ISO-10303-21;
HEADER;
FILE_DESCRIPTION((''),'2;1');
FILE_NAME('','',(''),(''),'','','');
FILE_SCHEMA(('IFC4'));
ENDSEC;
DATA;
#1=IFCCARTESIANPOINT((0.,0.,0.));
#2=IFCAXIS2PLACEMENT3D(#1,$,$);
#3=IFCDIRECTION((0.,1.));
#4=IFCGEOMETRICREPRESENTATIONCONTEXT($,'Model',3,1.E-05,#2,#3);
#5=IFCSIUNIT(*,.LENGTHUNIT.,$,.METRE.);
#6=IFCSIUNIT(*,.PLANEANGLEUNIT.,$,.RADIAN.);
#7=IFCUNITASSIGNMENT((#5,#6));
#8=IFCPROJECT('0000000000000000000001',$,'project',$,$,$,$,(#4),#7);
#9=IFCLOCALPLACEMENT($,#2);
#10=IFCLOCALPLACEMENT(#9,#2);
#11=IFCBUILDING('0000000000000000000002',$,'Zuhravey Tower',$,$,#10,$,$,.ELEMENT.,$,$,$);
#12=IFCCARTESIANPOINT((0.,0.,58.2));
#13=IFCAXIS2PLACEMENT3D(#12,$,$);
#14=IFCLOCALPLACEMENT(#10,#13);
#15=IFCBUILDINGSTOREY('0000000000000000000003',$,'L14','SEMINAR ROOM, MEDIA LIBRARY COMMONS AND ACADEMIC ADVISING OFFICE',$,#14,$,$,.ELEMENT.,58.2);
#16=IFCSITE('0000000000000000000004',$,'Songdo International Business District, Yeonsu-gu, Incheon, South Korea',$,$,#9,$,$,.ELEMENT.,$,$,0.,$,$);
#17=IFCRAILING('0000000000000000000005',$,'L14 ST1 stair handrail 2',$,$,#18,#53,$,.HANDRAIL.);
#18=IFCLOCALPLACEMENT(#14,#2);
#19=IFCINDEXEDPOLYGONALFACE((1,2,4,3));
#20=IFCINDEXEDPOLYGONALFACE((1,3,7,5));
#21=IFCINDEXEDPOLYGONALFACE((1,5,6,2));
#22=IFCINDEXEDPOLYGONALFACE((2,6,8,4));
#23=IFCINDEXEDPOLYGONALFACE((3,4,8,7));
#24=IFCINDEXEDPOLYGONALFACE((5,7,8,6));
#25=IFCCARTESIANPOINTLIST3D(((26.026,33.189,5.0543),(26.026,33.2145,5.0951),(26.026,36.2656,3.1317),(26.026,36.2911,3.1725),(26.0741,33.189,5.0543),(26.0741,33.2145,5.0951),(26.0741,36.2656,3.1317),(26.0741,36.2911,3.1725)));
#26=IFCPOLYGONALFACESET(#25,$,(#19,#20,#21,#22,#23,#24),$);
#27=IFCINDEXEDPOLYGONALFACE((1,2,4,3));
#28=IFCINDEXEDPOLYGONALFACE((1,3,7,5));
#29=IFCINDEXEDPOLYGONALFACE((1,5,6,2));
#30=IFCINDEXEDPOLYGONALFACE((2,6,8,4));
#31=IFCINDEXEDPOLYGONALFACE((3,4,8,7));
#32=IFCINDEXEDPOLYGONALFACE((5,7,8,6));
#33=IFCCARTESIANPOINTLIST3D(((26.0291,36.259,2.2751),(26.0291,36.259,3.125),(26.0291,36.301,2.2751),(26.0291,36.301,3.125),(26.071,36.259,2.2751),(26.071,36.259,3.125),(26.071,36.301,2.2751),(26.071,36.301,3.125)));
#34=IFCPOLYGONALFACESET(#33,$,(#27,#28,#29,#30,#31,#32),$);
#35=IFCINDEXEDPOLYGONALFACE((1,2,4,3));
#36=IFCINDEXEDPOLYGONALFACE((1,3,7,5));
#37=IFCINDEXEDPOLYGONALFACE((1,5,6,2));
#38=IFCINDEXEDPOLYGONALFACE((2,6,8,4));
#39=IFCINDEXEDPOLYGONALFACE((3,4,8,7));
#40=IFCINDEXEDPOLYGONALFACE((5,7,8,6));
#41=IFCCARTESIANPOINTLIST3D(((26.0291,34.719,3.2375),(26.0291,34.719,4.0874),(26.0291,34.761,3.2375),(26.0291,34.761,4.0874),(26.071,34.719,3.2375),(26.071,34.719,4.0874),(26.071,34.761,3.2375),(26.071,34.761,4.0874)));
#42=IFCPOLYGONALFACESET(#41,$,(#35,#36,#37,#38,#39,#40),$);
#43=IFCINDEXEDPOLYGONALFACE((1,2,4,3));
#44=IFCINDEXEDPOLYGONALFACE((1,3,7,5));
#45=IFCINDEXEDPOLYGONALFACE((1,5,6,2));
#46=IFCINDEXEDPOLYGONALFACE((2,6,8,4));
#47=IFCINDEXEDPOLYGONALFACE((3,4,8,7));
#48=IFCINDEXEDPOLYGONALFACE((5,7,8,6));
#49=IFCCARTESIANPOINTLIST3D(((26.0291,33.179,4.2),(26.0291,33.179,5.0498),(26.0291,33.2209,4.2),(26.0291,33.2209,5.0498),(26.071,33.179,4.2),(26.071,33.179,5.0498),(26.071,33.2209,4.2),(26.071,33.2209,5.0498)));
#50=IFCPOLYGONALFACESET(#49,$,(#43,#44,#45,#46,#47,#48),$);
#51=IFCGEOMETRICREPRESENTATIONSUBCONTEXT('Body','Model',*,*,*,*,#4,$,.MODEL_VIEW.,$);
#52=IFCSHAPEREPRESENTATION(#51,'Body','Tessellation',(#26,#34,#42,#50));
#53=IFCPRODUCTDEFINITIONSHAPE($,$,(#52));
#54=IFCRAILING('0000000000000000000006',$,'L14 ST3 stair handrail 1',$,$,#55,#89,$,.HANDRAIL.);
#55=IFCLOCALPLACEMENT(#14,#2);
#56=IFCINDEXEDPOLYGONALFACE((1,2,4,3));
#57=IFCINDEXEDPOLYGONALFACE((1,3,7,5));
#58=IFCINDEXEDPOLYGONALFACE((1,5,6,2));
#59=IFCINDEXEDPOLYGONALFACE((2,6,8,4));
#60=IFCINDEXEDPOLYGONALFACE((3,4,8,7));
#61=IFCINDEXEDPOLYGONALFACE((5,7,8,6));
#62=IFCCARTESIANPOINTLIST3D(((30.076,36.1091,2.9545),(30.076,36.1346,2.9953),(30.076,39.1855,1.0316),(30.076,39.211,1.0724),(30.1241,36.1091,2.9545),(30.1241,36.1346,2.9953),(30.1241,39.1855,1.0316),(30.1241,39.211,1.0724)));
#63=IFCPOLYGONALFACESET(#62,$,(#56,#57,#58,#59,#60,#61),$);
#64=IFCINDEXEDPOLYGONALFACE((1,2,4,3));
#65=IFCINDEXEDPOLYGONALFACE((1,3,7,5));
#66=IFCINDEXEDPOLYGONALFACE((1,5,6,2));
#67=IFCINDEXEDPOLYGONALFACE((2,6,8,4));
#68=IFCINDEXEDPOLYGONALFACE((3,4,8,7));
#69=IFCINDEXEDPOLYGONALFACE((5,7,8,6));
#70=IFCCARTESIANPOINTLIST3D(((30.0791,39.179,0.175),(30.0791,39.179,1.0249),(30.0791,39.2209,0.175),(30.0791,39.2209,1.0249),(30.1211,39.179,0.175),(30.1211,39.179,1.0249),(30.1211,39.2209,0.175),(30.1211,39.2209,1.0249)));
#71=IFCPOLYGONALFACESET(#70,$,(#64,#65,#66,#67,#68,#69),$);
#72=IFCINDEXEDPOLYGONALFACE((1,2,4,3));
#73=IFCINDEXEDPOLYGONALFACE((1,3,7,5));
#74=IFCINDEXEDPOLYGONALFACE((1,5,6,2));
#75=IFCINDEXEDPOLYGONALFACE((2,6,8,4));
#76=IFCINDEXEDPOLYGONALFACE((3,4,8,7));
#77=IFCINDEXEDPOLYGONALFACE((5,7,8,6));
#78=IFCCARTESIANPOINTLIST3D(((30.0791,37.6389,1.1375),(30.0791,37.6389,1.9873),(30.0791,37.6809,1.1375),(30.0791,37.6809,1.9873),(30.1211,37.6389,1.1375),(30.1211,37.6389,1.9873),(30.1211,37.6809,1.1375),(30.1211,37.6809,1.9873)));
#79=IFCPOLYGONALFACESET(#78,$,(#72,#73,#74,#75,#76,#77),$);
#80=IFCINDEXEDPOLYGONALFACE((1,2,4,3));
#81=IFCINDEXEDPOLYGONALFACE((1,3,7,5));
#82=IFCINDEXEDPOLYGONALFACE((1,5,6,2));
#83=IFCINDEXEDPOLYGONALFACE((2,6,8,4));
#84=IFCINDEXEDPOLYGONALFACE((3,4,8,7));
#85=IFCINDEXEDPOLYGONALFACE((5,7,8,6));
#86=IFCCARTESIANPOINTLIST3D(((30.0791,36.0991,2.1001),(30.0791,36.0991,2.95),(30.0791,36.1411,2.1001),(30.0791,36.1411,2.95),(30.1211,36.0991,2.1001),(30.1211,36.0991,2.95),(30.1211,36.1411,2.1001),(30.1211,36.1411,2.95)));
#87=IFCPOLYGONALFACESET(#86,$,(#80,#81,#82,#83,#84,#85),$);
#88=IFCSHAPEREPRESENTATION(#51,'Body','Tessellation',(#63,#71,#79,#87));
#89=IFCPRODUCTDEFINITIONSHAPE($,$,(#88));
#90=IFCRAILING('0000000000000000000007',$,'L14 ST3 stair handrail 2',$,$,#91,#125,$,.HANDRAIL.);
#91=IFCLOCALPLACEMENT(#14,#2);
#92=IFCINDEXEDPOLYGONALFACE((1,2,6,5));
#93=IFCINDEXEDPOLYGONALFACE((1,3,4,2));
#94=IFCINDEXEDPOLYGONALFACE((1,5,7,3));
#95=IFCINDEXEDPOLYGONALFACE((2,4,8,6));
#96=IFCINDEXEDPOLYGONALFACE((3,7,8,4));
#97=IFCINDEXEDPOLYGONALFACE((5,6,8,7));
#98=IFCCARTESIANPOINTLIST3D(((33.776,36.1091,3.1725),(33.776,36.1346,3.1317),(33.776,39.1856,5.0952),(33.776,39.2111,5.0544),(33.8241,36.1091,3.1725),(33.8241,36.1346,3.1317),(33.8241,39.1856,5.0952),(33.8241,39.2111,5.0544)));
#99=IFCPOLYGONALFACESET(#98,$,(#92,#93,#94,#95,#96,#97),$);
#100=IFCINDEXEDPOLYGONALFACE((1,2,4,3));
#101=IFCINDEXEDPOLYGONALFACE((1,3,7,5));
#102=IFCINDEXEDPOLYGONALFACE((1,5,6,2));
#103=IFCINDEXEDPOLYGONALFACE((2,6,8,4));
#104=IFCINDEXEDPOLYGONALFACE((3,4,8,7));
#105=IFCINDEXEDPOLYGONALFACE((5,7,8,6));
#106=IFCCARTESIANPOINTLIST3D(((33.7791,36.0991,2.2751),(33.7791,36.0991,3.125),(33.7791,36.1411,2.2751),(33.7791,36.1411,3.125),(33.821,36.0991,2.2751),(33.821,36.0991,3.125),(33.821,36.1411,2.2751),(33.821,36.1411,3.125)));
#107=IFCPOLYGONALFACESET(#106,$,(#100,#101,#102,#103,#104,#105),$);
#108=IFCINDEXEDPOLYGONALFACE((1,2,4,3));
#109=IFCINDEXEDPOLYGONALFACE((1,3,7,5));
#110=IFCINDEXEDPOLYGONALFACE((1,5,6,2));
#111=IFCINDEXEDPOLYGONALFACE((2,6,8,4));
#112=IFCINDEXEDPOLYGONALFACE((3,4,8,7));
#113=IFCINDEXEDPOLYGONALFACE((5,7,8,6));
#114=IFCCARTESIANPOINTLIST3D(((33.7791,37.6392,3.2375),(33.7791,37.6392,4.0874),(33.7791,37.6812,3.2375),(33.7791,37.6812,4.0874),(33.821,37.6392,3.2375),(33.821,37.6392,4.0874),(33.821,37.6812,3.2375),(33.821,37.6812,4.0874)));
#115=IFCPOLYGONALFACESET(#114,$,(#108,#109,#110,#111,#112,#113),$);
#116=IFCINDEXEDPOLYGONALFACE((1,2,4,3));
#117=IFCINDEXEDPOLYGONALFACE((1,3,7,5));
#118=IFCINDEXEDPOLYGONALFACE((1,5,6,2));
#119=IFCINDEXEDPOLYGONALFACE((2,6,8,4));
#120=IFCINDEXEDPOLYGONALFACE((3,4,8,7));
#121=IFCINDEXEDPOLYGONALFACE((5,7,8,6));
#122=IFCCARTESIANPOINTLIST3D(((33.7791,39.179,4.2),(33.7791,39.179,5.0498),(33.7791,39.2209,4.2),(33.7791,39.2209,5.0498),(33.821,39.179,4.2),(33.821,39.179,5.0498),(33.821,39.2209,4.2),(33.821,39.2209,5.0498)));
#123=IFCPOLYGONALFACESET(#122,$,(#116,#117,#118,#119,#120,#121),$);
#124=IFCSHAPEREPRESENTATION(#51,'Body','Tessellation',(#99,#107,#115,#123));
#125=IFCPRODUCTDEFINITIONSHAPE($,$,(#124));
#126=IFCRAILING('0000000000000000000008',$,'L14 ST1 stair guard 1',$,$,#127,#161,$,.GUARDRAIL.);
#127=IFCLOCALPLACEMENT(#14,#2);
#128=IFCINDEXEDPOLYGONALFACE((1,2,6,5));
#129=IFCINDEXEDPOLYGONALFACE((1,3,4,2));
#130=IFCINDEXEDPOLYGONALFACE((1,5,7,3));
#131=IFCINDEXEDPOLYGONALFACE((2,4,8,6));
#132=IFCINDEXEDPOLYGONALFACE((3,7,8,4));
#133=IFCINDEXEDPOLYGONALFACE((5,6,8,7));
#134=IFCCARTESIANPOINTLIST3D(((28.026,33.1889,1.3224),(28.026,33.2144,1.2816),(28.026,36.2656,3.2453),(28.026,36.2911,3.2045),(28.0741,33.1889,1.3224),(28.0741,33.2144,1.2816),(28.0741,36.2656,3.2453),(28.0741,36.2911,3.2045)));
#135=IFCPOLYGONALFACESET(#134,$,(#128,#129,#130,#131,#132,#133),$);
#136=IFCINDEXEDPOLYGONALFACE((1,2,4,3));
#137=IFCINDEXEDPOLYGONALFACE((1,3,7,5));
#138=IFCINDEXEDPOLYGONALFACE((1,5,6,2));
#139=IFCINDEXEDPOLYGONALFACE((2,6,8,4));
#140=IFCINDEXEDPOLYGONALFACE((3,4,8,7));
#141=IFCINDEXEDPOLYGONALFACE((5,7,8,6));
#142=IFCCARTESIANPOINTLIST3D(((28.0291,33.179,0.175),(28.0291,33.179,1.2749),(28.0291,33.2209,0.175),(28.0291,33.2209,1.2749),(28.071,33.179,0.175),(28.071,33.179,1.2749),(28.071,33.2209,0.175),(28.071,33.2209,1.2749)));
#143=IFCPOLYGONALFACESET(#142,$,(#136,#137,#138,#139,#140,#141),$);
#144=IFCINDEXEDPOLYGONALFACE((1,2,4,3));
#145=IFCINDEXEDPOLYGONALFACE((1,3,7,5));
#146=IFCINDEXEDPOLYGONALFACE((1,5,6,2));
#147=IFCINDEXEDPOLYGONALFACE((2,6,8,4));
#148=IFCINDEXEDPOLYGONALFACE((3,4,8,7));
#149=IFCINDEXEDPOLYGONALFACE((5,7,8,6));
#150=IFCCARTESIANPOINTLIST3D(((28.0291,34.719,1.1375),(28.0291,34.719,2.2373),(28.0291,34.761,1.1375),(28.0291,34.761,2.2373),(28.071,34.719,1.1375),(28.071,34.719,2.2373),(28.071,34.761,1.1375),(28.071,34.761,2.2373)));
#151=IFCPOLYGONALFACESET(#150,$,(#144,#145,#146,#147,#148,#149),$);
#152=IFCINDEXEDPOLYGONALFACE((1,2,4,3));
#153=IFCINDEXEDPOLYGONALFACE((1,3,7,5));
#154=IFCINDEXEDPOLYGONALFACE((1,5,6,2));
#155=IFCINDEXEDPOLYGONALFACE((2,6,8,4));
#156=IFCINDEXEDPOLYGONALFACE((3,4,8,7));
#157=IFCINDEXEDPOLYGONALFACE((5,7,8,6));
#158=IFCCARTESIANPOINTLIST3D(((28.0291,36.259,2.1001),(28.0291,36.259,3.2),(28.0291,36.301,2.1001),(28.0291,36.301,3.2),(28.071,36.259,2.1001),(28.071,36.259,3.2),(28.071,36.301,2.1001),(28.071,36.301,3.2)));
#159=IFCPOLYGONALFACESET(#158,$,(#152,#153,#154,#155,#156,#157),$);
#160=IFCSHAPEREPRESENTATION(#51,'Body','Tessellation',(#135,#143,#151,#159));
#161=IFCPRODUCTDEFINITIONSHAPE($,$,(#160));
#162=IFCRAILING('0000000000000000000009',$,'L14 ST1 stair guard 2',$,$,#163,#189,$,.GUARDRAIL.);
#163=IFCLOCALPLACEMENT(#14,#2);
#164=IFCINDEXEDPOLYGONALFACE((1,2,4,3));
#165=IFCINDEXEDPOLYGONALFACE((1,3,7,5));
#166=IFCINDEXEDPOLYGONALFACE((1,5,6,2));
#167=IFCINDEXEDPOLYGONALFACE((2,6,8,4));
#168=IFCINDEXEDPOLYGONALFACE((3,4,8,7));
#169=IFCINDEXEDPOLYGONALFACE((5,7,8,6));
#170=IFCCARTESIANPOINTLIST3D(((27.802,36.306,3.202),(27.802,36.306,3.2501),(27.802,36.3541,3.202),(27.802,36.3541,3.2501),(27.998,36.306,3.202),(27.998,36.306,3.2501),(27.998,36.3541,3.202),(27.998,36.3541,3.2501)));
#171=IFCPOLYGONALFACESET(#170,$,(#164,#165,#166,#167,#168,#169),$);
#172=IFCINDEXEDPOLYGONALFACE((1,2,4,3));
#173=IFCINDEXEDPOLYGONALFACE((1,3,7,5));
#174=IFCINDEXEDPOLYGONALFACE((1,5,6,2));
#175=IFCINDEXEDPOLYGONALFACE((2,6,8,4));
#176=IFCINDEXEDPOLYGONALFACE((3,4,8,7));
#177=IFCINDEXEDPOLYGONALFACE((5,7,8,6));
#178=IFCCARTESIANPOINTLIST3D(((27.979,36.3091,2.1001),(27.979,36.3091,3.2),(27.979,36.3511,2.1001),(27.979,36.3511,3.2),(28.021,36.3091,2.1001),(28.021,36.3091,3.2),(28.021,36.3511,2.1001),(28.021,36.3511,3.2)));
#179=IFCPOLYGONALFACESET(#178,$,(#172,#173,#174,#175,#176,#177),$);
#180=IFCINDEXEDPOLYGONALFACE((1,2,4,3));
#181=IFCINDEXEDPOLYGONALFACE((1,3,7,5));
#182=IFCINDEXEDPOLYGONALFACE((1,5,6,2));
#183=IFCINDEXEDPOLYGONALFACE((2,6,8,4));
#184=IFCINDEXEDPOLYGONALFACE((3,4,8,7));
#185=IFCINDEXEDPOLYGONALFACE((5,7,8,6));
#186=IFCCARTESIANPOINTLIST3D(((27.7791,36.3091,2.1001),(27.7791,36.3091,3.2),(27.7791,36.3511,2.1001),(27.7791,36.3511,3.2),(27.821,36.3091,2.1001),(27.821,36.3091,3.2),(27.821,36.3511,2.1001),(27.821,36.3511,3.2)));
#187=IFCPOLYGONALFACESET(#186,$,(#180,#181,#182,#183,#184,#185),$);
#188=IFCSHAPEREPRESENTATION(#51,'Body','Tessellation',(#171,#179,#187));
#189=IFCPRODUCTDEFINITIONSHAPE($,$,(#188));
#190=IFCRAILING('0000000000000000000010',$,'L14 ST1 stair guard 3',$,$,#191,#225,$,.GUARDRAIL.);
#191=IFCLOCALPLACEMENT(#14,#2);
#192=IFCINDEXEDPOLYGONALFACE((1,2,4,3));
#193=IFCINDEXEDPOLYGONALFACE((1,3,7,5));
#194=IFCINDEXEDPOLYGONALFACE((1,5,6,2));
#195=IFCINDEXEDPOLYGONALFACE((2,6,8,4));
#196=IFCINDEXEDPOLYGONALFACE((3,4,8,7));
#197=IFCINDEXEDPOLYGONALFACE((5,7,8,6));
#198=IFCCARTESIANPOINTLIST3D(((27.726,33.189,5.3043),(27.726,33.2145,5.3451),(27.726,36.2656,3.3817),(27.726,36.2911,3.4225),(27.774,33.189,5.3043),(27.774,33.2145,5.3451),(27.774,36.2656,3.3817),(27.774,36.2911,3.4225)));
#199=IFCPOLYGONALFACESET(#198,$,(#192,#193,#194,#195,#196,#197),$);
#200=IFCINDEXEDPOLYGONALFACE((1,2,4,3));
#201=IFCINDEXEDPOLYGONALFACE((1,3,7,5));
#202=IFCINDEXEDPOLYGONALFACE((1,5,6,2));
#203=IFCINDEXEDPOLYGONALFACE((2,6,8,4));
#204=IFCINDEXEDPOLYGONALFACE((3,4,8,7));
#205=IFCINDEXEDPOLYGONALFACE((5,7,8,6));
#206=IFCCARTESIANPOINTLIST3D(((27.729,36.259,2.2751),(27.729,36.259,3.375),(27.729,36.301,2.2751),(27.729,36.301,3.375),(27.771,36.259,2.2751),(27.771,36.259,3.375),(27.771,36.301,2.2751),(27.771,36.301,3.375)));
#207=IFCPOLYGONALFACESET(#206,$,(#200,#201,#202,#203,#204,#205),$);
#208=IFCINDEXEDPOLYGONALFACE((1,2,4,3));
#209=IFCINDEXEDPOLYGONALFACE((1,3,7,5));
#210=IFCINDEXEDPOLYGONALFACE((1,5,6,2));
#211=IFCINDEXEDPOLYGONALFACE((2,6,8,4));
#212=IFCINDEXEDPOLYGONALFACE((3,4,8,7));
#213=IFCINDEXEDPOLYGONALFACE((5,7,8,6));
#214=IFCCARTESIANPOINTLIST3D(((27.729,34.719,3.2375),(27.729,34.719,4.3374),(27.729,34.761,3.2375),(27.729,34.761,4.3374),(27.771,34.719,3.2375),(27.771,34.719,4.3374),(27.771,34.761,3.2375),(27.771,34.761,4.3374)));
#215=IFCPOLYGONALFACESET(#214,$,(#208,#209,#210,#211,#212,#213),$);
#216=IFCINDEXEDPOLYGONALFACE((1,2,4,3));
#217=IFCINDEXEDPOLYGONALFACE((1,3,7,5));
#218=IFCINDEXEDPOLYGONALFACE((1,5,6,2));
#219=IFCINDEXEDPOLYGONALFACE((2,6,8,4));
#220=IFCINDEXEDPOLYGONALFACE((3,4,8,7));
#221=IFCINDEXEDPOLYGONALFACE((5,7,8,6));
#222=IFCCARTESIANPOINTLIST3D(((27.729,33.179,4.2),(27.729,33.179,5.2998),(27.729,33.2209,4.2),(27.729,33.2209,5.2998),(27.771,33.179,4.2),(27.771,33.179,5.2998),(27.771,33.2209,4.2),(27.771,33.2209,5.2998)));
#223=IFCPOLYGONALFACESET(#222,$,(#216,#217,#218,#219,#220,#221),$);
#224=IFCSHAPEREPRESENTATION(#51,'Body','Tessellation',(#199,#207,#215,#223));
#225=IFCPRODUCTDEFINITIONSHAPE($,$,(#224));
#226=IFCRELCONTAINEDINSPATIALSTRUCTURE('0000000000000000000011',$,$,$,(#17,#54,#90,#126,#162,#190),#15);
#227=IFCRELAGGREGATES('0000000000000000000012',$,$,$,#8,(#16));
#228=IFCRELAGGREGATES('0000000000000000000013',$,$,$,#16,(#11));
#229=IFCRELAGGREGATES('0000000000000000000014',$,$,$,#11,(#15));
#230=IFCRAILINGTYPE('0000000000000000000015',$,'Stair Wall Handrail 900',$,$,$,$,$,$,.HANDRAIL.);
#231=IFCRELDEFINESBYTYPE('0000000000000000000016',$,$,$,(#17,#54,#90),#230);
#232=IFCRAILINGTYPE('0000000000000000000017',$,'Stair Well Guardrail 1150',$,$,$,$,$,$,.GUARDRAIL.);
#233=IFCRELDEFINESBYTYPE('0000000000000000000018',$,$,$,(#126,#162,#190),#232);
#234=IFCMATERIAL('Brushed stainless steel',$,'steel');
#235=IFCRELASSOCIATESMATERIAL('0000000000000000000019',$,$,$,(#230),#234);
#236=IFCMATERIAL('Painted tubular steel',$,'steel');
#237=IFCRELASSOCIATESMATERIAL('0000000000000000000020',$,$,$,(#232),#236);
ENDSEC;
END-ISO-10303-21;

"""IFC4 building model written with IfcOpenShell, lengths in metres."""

from ifc_helpers import new_model, si_unit, direction, frame, origin, origin_2d, place, context, subcontext, project, spatial, rectangle, extrude, material, type_object, element, save


model = new_model("IFC4")

# Units and contexts
model_context = context("Model", 3, precision=1e-05, world=origin(), true_north=direction((0.0, 1.0)))
body_context = subcontext(model_context, "Body", "Model", "MODEL_VIEW")
ifc_project = project(units=[si_unit("LENGTHUNIT", "METRE"), si_unit("PLANEANGLEUNIT", "RADIAN")], contexts=[model_context])

# Site, building, storey
site_placement = place(None, origin())
site = spatial("IfcSite", under=ifc_project, at=site_placement, Name="Songdo International Business District, Yeonsu-gu, Incheon, South Korea", CompositionType="ELEMENT", RefElevation=0.0)
building_placement = place(site_placement, origin())
building = spatial("IfcBuilding", under=site, at=building_placement, Name="Zuhravey Tower", CompositionType="ELEMENT")
storey_placement = place(building_placement, frame((0.0, 0.0, 58.2)))
storey = spatial("IfcBuildingStorey", under=building, at=storey_placement, Name="L14", Description="SEMINAR ROOM, MEDIA LIBRARY COMMONS AND ACADEMIC ADVISING OFFICE", CompositionType="ELEMENT", Elevation=58.2)

# Railings
ifc_material_1 = material(Name="Brushed stainless steel", Category="steel")
railing_type_1 = type_object("IfcRailingType", Name="Stair Wall Handrail 900", PredefinedType="HANDRAIL", material=ifc_material_1)
railing_1_placement = place(storey_placement, frame((26.05, 36.28, 2.2751)))
element("IfcRailing", 1, at=railing_1_placement, inside=storey, type_object=railing_type_1, Name="L14 ST1 stair handrail 2", PredefinedType="HANDRAIL", context=body_context, shape_type="SweptSolid", body=[
    extrude(rectangle(XDim=0.0481, YDim=0.0481, at=origin_2d()), frame((0.0, -0.0017, 0.877), z_axis=(0.0, -0.848029, 0.529951), x_axis=(1.0, 0.0, 0.0)), (0.0, 0.0, 1.0), 3.6279),
    extrude(rectangle(XDim=0.042, YDim=0.042, at=origin_2d()), origin(), (0.0, 0.0, 1.0), 0.8499),
    extrude(rectangle(XDim=0.042, YDim=0.042, at=origin_2d()), frame((0.0, -1.54, 0.9624)), (0.0, 0.0, 1.0), 0.8499),
    extrude(rectangle(XDim=0.042, YDim=0.042, at=origin_2d()), frame((0.0, -3.0801, 1.9248)), (0.0, 0.0, 1.0), 0.8499),
])
railing_2_placement = place(storey_placement, frame((30.1001, 39.2, 0.175)))
element("IfcRailing", 2, at=railing_2_placement, inside=storey, type_object=railing_type_1, Name="L14 ST3 stair handrail 1", PredefinedType="HANDRAIL", context=body_context, shape_type="SweptSolid", body=[
    extrude(rectangle(XDim=0.0481, YDim=0.0481, at=origin_2d()), frame((0.0, -0.0017, 0.877), z_axis=(0.0, -0.847979, 0.530029), x_axis=(1.0, 0.0, 0.0)), (0.0, 0.0, 1.0), 3.6279),
    extrude(rectangle(XDim=0.042, YDim=0.042, at=origin_2d()), origin(), (0.0, 0.0, 1.0), 0.8499),
    extrude(rectangle(XDim=0.042, YDim=0.042, at=origin_2d()), frame((0.0, -1.54, 0.9624)), (0.0, 0.0, 1.0), 0.8499),
    extrude(rectangle(XDim=0.042, YDim=0.042, at=origin_2d()), frame((0.0, -3.0798, 1.925)), (0.0, 0.0, 1.0), 0.8499),
])
railing_3_placement = place(storey_placement, frame((33.8, 36.1201, 2.2751)))
element("IfcRailing", 3, at=railing_3_placement, inside=storey, type_object=railing_type_1, Name="L14 ST3 stair handrail 2", PredefinedType="HANDRAIL", context=body_context, shape_type="SweptSolid", body=[
    extrude(rectangle(XDim=0.0481, YDim=0.0481, at=origin_2d()), frame((0.0, 0.0017, 0.877), z_axis=(0.0, 0.84801, 0.529981), x_axis=(-1.0, 0.0, 0.0)), (0.0, 0.0, 1.0), 3.6279),
    extrude(rectangle(XDim=0.042, YDim=0.042, at=origin_2d()), origin(), (0.0, 0.0, 1.0), 0.8499),
    extrude(rectangle(XDim=0.042, YDim=0.042, at=origin_2d()), frame((0.0, 1.54, 0.9624)), (0.0, 0.0, 1.0), 0.8499),
    extrude(rectangle(XDim=0.042, YDim=0.042, at=origin_2d()), frame((0.0, 3.0798, 1.9248)), (0.0, 0.0, 1.0), 0.8499),
])
ifc_material_2 = material(Name="Painted tubular steel", Category="steel")
railing_type_2 = type_object("IfcRailingType", Name="Stair Well Guardrail 1150", PredefinedType="GUARDRAIL", material=ifc_material_2)
railing_4_placement = place(storey_placement, frame((28.05, 33.2, 0.175)))
element("IfcRailing", 4, at=railing_4_placement, inside=storey, type_object=railing_type_2, Name="L14 ST1 stair guard 1", PredefinedType="GUARDRAIL", context=body_context, shape_type="SweptSolid", body=[
    extrude(rectangle(XDim=0.0481, YDim=0.0481, at=origin_2d()), frame((0.0, 0.0017, 1.127), z_axis=(0.0, 0.847998, 0.529999), x_axis=(-1.0, 0.0, 0.0)), (0.0, 0.0, 1.0), 3.6282),
    extrude(rectangle(XDim=0.042, YDim=0.042, at=origin_2d()), origin(), (0.0, 0.0, 1.0), 1.0999),
    extrude(rectangle(XDim=0.042, YDim=0.042, at=origin_2d()), frame((0.0, 1.54, 0.9624)), (0.0, 0.0, 1.0), 1.0999),
    extrude(rectangle(XDim=0.042, YDim=0.042, at=origin_2d()), frame((0.0, 3.0801, 1.925)), (0.0, 0.0, 1.0), 1.0999),
])
railing_5_placement = place(storey_placement, frame((28.0, 36.3301, 2.1001)))
element("IfcRailing", 5, at=railing_5_placement, inside=storey, type_object=railing_type_2, Name="L14 ST1 stair guard 2", PredefinedType="GUARDRAIL", context=body_context, shape_type="SweptSolid", body=[
    extrude(rectangle(XDim=0.0481, YDim=0.0481, at=origin_2d()), frame((-0.002, 0.0, 1.126), z_axis=(-1.0, 0.0, 0.0), x_axis=(0.0, -1.0, 0.0)), (0.0, 0.0, 1.0), 0.196),
    extrude(rectangle(XDim=0.042, YDim=0.042, at=origin_2d()), origin(), (0.0, 0.0, 1.0), 1.0999),
    extrude(rectangle(XDim=0.042, YDim=0.042, at=origin_2d()), frame((-0.2, 0.0, 0.0)), (0.0, 0.0, 1.0), 1.0999),
])
railing_6_placement = place(storey_placement, frame((27.75, 36.28, 2.2751)))
element("IfcRailing", 6, at=railing_6_placement, inside=storey, type_object=railing_type_2, Name="L14 ST1 stair guard 3", PredefinedType="GUARDRAIL", context=body_context, shape_type="SweptSolid", body=[
    extrude(rectangle(XDim=0.0481, YDim=0.0481, at=origin_2d()), frame((0.0, -0.0017, 1.127), z_axis=(0.0, -0.848029, 0.529951), x_axis=(1.0, 0.0, 0.0)), (0.0, 0.0, 1.0), 3.6279),
    extrude(rectangle(XDim=0.042, YDim=0.042, at=origin_2d()), origin(), (0.0, 0.0, 1.0), 1.0999),
    extrude(rectangle(XDim=0.042, YDim=0.042, at=origin_2d()), frame((0.0, -1.54, 0.9624)), (0.0, 0.0, 1.0), 1.0999),
    extrude(rectangle(XDim=0.042, YDim=0.042, at=origin_2d()), frame((0.0, -3.0801, 1.9248)), (0.0, 0.0, 1.0), 1.0999),
])

save(model, "model.ifc")
